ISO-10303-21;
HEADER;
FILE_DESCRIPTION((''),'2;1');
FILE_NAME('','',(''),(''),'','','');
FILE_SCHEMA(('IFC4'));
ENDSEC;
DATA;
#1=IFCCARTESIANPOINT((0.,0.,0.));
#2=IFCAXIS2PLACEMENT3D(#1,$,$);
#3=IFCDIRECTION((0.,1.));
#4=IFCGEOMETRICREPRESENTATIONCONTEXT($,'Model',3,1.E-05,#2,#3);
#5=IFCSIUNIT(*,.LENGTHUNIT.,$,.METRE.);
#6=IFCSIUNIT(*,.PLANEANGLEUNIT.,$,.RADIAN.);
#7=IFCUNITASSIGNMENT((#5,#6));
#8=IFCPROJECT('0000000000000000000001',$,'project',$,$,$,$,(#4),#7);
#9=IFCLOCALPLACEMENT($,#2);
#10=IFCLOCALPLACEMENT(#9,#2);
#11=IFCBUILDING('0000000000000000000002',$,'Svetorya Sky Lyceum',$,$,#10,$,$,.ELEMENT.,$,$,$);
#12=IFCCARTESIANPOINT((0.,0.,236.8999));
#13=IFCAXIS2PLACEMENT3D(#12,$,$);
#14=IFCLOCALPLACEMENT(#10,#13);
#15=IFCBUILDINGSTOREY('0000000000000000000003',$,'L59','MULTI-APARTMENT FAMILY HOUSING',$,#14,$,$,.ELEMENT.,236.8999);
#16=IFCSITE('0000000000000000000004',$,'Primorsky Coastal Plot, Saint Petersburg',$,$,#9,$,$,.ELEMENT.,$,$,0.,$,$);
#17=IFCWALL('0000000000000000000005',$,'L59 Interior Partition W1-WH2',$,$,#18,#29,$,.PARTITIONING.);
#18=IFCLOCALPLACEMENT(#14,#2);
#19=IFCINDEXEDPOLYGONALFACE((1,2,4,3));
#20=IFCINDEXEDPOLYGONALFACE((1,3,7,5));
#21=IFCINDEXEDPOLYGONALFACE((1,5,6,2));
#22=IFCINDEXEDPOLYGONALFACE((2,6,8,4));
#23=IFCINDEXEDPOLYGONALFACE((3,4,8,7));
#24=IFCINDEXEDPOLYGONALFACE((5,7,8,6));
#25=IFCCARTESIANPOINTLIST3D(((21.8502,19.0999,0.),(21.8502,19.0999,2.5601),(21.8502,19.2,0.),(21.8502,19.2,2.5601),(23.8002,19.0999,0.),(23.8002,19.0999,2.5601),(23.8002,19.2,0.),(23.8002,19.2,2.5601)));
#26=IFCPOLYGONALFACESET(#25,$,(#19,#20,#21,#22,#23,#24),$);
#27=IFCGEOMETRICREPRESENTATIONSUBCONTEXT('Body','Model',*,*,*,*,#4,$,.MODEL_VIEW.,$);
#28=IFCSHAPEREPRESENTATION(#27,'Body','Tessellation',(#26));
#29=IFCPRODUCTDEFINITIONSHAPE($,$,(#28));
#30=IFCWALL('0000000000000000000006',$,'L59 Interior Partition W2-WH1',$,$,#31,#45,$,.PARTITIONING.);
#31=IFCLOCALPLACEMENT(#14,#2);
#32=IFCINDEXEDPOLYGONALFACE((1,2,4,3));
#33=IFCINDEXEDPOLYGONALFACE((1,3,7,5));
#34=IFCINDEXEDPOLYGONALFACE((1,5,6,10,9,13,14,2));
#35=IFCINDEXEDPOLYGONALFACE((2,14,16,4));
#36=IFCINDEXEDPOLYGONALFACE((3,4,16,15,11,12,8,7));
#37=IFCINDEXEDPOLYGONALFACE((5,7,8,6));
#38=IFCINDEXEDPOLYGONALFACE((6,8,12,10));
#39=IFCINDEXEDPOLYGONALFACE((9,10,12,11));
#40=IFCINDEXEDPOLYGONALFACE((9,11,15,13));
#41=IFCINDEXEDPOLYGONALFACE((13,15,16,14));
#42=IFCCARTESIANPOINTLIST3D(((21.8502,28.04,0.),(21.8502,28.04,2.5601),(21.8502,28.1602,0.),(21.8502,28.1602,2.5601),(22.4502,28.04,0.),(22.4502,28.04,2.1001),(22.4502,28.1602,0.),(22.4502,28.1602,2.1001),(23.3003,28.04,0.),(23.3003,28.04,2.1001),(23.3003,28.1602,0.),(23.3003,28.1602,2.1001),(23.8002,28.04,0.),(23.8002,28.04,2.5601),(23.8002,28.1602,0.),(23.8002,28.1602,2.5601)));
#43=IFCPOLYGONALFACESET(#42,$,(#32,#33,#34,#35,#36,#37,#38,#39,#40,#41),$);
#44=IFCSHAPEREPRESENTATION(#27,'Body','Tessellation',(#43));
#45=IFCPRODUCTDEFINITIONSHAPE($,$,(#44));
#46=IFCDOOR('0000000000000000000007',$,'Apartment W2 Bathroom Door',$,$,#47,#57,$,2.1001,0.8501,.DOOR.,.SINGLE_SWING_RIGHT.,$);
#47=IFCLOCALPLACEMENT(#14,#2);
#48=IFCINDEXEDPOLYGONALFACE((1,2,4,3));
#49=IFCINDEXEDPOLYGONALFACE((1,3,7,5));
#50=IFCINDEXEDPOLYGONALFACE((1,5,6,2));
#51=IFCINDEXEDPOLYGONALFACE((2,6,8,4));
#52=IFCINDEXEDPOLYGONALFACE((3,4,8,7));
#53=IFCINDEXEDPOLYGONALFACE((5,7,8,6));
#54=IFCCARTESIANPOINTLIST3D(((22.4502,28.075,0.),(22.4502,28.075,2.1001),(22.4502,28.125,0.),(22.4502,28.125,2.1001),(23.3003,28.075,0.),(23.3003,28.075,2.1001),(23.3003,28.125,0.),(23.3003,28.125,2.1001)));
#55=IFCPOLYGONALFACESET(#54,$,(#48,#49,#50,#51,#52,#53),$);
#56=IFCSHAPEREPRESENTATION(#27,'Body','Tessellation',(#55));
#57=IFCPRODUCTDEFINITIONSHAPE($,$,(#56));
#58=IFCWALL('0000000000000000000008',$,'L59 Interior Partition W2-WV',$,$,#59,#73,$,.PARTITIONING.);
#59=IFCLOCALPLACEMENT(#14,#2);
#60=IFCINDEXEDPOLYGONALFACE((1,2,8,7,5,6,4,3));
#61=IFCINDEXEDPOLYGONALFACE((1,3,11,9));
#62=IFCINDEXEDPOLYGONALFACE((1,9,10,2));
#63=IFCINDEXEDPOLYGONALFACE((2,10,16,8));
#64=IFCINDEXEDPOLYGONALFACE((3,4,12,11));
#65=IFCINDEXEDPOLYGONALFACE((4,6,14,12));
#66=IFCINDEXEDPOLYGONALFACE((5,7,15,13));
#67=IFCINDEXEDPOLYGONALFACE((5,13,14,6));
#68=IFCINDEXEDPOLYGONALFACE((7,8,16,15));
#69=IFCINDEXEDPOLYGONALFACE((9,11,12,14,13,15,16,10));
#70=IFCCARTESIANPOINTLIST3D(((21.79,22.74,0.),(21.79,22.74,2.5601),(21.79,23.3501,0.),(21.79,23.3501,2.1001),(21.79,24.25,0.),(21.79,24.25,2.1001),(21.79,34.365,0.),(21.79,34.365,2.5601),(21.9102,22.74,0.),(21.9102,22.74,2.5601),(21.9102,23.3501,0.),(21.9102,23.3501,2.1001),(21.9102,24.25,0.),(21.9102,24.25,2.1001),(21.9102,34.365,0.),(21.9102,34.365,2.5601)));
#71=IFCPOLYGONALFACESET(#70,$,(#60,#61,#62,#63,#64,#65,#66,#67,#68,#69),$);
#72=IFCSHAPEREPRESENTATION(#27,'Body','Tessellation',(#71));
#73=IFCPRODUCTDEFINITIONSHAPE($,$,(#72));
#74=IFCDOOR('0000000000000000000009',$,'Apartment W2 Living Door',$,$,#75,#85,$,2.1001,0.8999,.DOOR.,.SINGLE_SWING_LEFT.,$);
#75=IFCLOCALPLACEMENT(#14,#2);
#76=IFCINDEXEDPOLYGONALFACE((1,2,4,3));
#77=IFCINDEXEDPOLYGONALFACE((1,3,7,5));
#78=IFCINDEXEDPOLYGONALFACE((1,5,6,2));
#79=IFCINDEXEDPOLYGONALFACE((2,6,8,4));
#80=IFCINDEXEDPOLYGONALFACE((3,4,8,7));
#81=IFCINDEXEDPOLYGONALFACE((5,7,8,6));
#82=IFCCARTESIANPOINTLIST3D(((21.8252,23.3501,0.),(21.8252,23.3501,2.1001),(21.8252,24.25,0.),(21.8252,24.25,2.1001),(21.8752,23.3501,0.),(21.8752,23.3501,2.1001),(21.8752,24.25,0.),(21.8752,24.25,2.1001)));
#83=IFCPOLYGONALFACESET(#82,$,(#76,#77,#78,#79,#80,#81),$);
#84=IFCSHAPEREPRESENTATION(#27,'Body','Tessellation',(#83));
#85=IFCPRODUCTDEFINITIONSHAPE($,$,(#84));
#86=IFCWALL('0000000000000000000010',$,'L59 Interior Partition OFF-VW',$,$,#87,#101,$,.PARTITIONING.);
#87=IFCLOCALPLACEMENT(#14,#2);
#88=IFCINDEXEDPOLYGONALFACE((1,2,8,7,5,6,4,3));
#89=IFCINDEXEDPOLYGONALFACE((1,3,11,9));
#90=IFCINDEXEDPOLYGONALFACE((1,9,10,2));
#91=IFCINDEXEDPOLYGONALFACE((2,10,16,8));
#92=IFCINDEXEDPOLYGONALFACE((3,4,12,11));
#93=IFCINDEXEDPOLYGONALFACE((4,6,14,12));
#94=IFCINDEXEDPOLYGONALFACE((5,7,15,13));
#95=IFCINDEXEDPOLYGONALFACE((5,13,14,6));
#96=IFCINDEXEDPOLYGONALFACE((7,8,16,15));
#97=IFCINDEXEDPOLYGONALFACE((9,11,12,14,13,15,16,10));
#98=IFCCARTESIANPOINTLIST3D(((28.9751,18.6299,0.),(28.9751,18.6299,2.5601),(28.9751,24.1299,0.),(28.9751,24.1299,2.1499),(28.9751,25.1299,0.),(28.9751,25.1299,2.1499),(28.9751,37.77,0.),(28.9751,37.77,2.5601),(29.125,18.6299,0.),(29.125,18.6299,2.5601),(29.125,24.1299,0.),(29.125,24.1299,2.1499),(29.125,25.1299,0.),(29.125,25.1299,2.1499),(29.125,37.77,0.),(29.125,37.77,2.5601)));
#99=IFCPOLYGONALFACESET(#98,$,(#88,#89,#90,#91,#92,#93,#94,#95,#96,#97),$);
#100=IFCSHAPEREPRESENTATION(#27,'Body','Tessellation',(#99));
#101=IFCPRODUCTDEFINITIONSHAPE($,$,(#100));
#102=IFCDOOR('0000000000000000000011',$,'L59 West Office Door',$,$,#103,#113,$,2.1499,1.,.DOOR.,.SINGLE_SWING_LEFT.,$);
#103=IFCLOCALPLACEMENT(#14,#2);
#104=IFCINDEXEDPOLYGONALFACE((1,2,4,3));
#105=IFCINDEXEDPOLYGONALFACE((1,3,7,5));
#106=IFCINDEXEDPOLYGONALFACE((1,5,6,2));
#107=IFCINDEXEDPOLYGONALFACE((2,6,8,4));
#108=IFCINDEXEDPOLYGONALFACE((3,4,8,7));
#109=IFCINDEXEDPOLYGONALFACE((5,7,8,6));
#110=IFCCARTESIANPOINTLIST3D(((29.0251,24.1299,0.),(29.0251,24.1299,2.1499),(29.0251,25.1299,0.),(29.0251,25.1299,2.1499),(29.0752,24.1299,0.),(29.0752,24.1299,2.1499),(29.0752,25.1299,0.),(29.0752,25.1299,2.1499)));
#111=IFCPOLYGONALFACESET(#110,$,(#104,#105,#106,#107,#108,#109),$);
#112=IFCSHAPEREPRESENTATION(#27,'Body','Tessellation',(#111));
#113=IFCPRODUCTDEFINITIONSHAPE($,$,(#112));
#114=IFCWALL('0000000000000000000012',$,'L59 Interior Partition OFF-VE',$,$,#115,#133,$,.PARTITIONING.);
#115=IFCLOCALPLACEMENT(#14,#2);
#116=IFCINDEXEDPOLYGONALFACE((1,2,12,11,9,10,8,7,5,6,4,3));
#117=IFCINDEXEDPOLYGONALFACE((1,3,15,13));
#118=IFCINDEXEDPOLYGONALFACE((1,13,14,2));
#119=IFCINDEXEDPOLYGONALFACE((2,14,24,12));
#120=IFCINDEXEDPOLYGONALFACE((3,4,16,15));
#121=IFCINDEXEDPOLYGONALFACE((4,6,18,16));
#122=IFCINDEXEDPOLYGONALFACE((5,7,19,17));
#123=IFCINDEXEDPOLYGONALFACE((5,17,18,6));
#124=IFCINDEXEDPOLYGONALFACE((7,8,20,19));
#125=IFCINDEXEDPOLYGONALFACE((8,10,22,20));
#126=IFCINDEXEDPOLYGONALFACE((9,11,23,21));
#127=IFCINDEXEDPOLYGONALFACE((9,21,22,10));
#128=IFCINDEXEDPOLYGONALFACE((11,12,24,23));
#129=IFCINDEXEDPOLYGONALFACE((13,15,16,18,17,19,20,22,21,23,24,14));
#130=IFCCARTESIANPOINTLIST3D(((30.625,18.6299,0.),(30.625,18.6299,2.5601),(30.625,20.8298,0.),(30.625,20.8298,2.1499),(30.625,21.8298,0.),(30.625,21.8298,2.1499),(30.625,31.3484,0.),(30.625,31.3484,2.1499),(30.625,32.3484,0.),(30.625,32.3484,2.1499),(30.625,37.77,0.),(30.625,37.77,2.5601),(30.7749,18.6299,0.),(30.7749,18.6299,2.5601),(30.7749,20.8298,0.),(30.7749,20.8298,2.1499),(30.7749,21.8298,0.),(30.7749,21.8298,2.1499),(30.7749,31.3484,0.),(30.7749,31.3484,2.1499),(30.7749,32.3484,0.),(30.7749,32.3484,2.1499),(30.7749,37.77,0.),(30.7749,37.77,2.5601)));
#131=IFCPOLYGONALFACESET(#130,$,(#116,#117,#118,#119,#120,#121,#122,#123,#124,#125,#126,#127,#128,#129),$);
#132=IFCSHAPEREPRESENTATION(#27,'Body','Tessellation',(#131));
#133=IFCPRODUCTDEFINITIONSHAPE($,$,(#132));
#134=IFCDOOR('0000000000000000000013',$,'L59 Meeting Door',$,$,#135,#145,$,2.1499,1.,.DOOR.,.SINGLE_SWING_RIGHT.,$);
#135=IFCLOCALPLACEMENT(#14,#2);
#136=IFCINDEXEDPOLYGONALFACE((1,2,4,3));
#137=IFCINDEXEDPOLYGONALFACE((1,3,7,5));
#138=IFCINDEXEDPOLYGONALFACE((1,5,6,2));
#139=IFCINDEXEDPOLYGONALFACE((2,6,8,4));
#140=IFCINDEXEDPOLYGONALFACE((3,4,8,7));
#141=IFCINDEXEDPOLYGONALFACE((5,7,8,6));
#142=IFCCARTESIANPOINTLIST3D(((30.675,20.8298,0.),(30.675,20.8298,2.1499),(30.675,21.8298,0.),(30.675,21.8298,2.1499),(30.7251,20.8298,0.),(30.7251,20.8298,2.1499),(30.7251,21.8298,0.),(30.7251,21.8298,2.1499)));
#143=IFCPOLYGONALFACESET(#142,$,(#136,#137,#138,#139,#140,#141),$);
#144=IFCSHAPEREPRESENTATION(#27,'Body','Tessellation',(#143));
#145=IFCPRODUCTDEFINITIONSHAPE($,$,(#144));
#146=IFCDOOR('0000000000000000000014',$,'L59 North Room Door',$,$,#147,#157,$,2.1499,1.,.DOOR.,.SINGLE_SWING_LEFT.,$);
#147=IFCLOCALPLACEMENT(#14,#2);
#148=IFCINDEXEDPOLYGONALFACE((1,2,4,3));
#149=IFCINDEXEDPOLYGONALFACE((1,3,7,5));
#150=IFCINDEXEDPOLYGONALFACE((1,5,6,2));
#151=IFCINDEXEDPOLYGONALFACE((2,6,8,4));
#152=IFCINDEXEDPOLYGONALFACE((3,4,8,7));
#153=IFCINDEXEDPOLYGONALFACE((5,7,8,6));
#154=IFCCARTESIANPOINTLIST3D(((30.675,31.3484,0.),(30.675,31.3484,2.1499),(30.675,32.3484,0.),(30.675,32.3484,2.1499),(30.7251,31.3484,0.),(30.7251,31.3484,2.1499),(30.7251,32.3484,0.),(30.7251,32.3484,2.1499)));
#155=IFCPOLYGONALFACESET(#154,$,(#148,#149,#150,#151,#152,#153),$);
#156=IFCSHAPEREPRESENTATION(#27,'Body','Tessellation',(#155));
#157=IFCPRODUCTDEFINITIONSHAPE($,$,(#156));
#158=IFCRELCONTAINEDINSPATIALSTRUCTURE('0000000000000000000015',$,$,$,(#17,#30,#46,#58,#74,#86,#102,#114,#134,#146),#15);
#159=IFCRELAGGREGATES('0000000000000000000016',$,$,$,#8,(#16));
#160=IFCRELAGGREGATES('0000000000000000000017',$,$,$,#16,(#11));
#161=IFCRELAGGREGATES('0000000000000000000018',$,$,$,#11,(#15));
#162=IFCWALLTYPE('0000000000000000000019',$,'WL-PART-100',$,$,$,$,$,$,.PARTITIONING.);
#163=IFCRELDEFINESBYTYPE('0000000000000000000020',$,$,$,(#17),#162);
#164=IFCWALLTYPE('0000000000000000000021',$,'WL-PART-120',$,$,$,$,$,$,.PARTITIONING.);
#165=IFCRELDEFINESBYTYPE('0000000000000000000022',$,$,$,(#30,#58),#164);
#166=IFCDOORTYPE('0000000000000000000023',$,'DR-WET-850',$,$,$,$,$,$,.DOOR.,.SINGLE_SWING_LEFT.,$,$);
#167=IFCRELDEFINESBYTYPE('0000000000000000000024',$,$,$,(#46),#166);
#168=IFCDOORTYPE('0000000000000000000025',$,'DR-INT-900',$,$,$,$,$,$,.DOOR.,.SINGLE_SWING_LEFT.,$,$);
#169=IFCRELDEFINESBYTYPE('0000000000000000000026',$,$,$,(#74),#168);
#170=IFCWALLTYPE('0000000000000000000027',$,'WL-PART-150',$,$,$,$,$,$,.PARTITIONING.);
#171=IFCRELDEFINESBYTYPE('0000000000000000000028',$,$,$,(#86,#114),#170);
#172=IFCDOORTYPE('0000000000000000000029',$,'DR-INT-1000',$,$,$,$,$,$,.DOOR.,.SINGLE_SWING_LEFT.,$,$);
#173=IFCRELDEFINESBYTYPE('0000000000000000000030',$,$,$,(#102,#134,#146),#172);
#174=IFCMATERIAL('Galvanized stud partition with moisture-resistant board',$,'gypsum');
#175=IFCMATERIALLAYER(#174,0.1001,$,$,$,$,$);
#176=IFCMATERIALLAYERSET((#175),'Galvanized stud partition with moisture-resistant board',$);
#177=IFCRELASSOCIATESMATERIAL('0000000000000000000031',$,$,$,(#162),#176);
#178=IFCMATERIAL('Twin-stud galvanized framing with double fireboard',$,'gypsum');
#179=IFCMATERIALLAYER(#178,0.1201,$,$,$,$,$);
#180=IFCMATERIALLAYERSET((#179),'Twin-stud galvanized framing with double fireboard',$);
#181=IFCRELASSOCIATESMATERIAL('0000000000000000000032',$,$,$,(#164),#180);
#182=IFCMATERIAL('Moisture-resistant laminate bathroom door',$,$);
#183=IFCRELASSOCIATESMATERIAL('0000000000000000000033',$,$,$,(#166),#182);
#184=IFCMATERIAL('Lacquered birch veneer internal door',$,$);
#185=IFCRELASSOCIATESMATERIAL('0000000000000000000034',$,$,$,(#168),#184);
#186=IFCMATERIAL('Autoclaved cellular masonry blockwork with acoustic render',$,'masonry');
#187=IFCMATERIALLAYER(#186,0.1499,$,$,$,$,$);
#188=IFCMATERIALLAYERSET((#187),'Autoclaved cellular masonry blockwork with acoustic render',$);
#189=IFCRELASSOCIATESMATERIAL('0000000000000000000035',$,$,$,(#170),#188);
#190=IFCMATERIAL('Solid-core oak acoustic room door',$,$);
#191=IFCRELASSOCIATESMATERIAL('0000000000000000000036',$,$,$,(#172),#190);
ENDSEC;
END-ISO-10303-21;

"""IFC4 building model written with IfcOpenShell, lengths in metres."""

from ifc_helpers import new_model, si_unit, direction, frame, frame_2d, origin, place, context, subcontext, project, spatial, rectangle, extrude, material, layer, layer_set, type_object, element, fill, save


model = new_model("IFC4")

# Units and contexts
model_context = context("Model", 3, precision=1e-05, world=origin(), true_north=direction((0.0, 1.0)))
body_context = subcontext(model_context, "Body", "Model", "MODEL_VIEW")
ifc_project = project(units=[si_unit("LENGTHUNIT", "METRE"), si_unit("PLANEANGLEUNIT", "RADIAN")], contexts=[model_context])

# Site, building, storey
site_placement = place(None, origin())
site = spatial("IfcSite", under=ifc_project, at=site_placement, Name="Primorsky Coastal Plot, Saint Petersburg", CompositionType="ELEMENT", RefElevation=0.0)
building_placement = place(site_placement, origin())
building = spatial("IfcBuilding", under=site, at=building_placement, Name="Svetorya Sky Lyceum", CompositionType="ELEMENT")
storey_placement = place(building_placement, frame((0.0, 0.0, 236.8999)))
storey = spatial("IfcBuildingStorey", under=building, at=storey_placement, Name="L59", Description="MULTI-APARTMENT FAMILY HOUSING", CompositionType="ELEMENT", Elevation=236.8999)

# Wall
ifc_material_1 = material(Name="Galvanized stud partition with moisture-resistant board", Category="gypsum")
ifc_layer_1 = layer(ifc_material_1, 0.1001)
ifc_layer_set_1 = layer_set([ifc_layer_1], Name="Galvanized stud partition with moisture-resistant board")
wall_type_1 = type_object("IfcWallType", Name="WL-PART-100", PredefinedType="PARTITIONING", material=ifc_layer_set_1)
wall_1_placement = place(storey_placement, frame((21.8501, 19.1499, 0.0), z_axis=(0.0, 0.0, 1.0), x_axis=(1.0, 0.0, 0.0)))
element("IfcWall", 1, at=wall_1_placement, inside=storey, type_object=wall_type_1, Name="L59 Interior Partition W1-WH2", PredefinedType="PARTITIONING", context=body_context, shape_type="SweptSolid", body=[
    extrude(rectangle(XDim=1.95, YDim=0.1001, at=frame_2d((0.9751, 0.0))), origin(), (0.0, 0.0, 1.0), 2.5601),
])

# Walls, openings, doors
ifc_material_2 = material(Name="Twin-stud galvanized framing with double fireboard", Category="gypsum")
ifc_layer_2 = layer(ifc_material_2, 0.1201)
ifc_layer_set_2 = layer_set([ifc_layer_2], Name="Twin-stud galvanized framing with double fireboard")
wall_type_2 = type_object("IfcWallType", Name="WL-PART-120", PredefinedType="PARTITIONING", material=ifc_layer_set_2)
wall_2_placement = place(storey_placement, frame((21.8501, 28.1001, 0.0), z_axis=(0.0, 0.0, 1.0), x_axis=(1.0, 0.0, 0.0)))
wall_2 = element("IfcWall", 2, at=wall_2_placement, inside=storey, type_object=wall_type_2, Name="L59 Interior Partition W2-WH1", PredefinedType="PARTITIONING", context=body_context, shape_type="SweptSolid", body=[
    extrude(rectangle(XDim=1.95, YDim=0.1201, at=frame_2d((0.9751, 0.0))), origin(), (0.0, 0.0, 1.0), 2.5601),
])
opening_1_placement = place(wall_2_placement, frame((0.6001, 0.0, 0.0)))
opening_1 = element("IfcOpeningElement", 3, at=opening_1_placement, cuts=wall_2, PredefinedType="OPENING", context=body_context, shape_type="SweptSolid", body=[
    extrude(rectangle(XDim=0.8501, YDim=2.1001, at=frame_2d((0.425, 1.05))), frame((0.0, 0.0701, 0.0), z_axis=(0.0, -1.0, 0.0), x_axis=(1.0, 0.0, 0.0)), (0.0, 0.0, 1.0), 0.1401),
])
ifc_material_3 = material(Name="Moisture-resistant laminate bathroom door")
door_type_1 = type_object("IfcDoorType", Name="DR-WET-850", OperationType="SINGLE_SWING_LEFT", PredefinedType="DOOR", material=ifc_material_3)
door_1_placement = place(opening_1_placement, origin())
door_1 = element("IfcDoor", 4, at=door_1_placement, inside=storey, type_object=door_type_1, Name="Apartment W2 Bathroom Door", OperationType="SINGLE_SWING_RIGHT", OverallHeight=2.1001, OverallWidth=0.8501, PredefinedType="DOOR", context=body_context, shape_type="SweptSolid", body=[
    extrude(rectangle(XDim=0.8501, YDim=2.1001, at=frame_2d((0.425, 1.05))), frame((0.0, 0.0249, 0.0), z_axis=(0.0, -1.0, 0.0), x_axis=(1.0, 0.0, 0.0)), (0.0, 0.0, 1.0), 0.05),
])
fill(opening_1, door_1)
wall_3_placement = place(storey_placement, frame((21.8501, 22.74, 0.0), z_axis=(0.0, 0.0, 1.0), x_axis=(0.0, 1.0, 0.0)))
wall_3 = element("IfcWall", 5, at=wall_3_placement, inside=storey, type_object=wall_type_2, Name="L59 Interior Partition W2-WV", PredefinedType="PARTITIONING", context=body_context, shape_type="SweptSolid", body=[
    extrude(rectangle(XDim=11.625, YDim=0.1201, at=frame_2d((5.8125, 0.0))), origin(), (0.0, 0.0, 1.0), 2.5601),
])
opening_2_placement = place(wall_3_placement, frame((0.6101, 0.0, 0.0)))
opening_2 = element("IfcOpeningElement", 6, at=opening_2_placement, cuts=wall_3, PredefinedType="OPENING", context=body_context, shape_type="SweptSolid", body=[
    extrude(rectangle(XDim=0.8999, YDim=2.1001, at=frame_2d((0.45, 1.05))), frame((0.0, 0.0701, 0.0), z_axis=(0.0, -1.0, 0.0), x_axis=(1.0, 0.0, 0.0)), (0.0, 0.0, 1.0), 0.1401),
])
ifc_material_4 = material(Name="Lacquered birch veneer internal door")
door_type_2 = type_object("IfcDoorType", Name="DR-INT-900", OperationType="SINGLE_SWING_LEFT", PredefinedType="DOOR", material=ifc_material_4)
door_2_placement = place(opening_2_placement, origin())
door_2 = element("IfcDoor", 7, at=door_2_placement, inside=storey, type_object=door_type_2, Name="Apartment W2 Living Door", OperationType="SINGLE_SWING_LEFT", OverallHeight=2.1001, OverallWidth=0.8999, PredefinedType="DOOR", context=body_context, shape_type="SweptSolid", body=[
    extrude(rectangle(XDim=0.8999, YDim=2.1001, at=frame_2d((0.45, 1.05))), frame((0.0, 0.0249, 0.0), z_axis=(0.0, -1.0, 0.0), x_axis=(1.0, 0.0, 0.0)), (0.0, 0.0, 1.0), 0.05),
])
fill(opening_2, door_2)
ifc_material_5 = material(Name="Autoclaved cellular masonry blockwork with acoustic render", Category="masonry")
ifc_layer_3 = layer(ifc_material_5, 0.1499)
ifc_layer_set_3 = layer_set([ifc_layer_3], Name="Autoclaved cellular masonry blockwork with acoustic render")
wall_type_3 = type_object("IfcWallType", Name="WL-PART-150", PredefinedType="PARTITIONING", material=ifc_layer_set_3)
wall_4_placement = place(storey_placement, frame((29.05, 18.6299, 0.0), z_axis=(0.0, 0.0, 1.0), x_axis=(0.0, 1.0, 0.0)))
wall_4 = element("IfcWall", 8, at=wall_4_placement, inside=storey, type_object=wall_type_3, Name="L59 Interior Partition OFF-VW", PredefinedType="PARTITIONING", context=body_context, shape_type="SweptSolid", body=[
    extrude(rectangle(XDim=19.1401, YDim=0.1499, at=frame_2d((9.5701, 0.0))), origin(), (0.0, 0.0, 1.0), 2.5601),
])
opening_3_placement = place(wall_4_placement, frame((5.5, 0.0, 0.0)))
opening_3 = element("IfcOpeningElement", 9, at=opening_3_placement, cuts=wall_4, PredefinedType="OPENING", context=body_context, shape_type="SweptSolid", body=[
    extrude(rectangle(XDim=1.0, YDim=2.1499, at=frame_2d((0.5, 1.075))), frame((0.0, 0.085, 0.0), z_axis=(0.0, -1.0, 0.0), x_axis=(1.0, 0.0, 0.0)), (0.0, 0.0, 1.0), 0.1699),
])
ifc_material_6 = material(Name="Solid-core oak acoustic room door")
door_type_3 = type_object("IfcDoorType", Name="DR-INT-1000", OperationType="SINGLE_SWING_LEFT", PredefinedType="DOOR", material=ifc_material_6)
door_3_placement = place(opening_3_placement, origin())
door_3 = element("IfcDoor", 10, at=door_3_placement, inside=storey, type_object=door_type_3, Name="L59 West Office Door", OperationType="SINGLE_SWING_LEFT", OverallHeight=2.1499, OverallWidth=1.0, PredefinedType="DOOR", context=body_context, shape_type="SweptSolid", body=[
    extrude(rectangle(XDim=1.0, YDim=2.1499, at=frame_2d((0.5, 1.075))), frame((0.0, 0.0249, 0.0), z_axis=(0.0, -1.0, 0.0), x_axis=(1.0, 0.0, 0.0)), (0.0, 0.0, 1.0), 0.05),
])
fill(opening_3, door_3)

# Wall, openings, doors
wall_5_placement = place(storey_placement, frame((30.7, 18.6299, 0.0), z_axis=(0.0, 0.0, 1.0), x_axis=(0.0, 1.0, 0.0)))
wall_5 = element("IfcWall", 11, at=wall_5_placement, inside=storey, type_object=wall_type_3, Name="L59 Interior Partition OFF-VE", PredefinedType="PARTITIONING", context=body_context, shape_type="SweptSolid", body=[
    extrude(rectangle(XDim=19.1401, YDim=0.1499, at=frame_2d((9.5701, 0.0))), origin(), (0.0, 0.0, 1.0), 2.5601),
])
opening_4_placement = place(wall_5_placement, frame((2.2, 0.0, 0.0)))
opening_4 = element("IfcOpeningElement", 12, at=opening_4_placement, cuts=wall_5, PredefinedType="OPENING", context=body_context, shape_type="SweptSolid", body=[
    extrude(rectangle(XDim=1.0, YDim=2.1499, at=frame_2d((0.5, 1.075))), frame((0.0, 0.085, 0.0), z_axis=(0.0, -1.0, 0.0), x_axis=(1.0, 0.0, 0.0)), (0.0, 0.0, 1.0), 0.1699),
])
opening_5_placement = place(wall_5_placement, frame((12.7185, 0.0, 0.0)))
opening_5 = element("IfcOpeningElement", 13, at=opening_5_placement, cuts=wall_5, PredefinedType="OPENING", context=body_context, shape_type="SweptSolid", body=[
    extrude(rectangle(XDim=1.0, YDim=2.1499, at=frame_2d((0.5, 1.075))), frame((0.0, 0.085, 0.0), z_axis=(0.0, -1.0, 0.0), x_axis=(1.0, 0.0, 0.0)), (0.0, 0.0, 1.0), 0.1699),
])
door_4_placement = place(opening_4_placement, origin())
door_4 = element("IfcDoor", 14, at=door_4_placement, inside=storey, type_object=door_type_3, Name="L59 Meeting Door", OperationType="SINGLE_SWING_RIGHT", OverallHeight=2.1499, OverallWidth=1.0, PredefinedType="DOOR", context=body_context, shape_type="SweptSolid", body=[
    extrude(rectangle(XDim=1.0, YDim=2.1499, at=frame_2d((0.5, 1.075))), frame((0.0, 0.0249, 0.0), z_axis=(0.0, -1.0, 0.0), x_axis=(1.0, 0.0, 0.0)), (0.0, 0.0, 1.0), 0.05),
])
fill(opening_4, door_4)
door_5_placement = place(opening_5_placement, origin())
door_5 = element("IfcDoor", 15, at=door_5_placement, inside=storey, type_object=door_type_3, Name="L59 North Room Door", OperationType="SINGLE_SWING_LEFT", OverallHeight=2.1499, OverallWidth=1.0, PredefinedType="DOOR", context=body_context, shape_type="SweptSolid", body=[
    extrude(rectangle(XDim=1.0, YDim=2.1499, at=frame_2d((0.5, 1.075))), frame((0.0, 0.0249, 0.0), z_axis=(0.0, -1.0, 0.0), x_axis=(1.0, 0.0, 0.0)), (0.0, 0.0, 1.0), 0.05),
])
fill(opening_5, door_5)

save(model, "model.ifc")
